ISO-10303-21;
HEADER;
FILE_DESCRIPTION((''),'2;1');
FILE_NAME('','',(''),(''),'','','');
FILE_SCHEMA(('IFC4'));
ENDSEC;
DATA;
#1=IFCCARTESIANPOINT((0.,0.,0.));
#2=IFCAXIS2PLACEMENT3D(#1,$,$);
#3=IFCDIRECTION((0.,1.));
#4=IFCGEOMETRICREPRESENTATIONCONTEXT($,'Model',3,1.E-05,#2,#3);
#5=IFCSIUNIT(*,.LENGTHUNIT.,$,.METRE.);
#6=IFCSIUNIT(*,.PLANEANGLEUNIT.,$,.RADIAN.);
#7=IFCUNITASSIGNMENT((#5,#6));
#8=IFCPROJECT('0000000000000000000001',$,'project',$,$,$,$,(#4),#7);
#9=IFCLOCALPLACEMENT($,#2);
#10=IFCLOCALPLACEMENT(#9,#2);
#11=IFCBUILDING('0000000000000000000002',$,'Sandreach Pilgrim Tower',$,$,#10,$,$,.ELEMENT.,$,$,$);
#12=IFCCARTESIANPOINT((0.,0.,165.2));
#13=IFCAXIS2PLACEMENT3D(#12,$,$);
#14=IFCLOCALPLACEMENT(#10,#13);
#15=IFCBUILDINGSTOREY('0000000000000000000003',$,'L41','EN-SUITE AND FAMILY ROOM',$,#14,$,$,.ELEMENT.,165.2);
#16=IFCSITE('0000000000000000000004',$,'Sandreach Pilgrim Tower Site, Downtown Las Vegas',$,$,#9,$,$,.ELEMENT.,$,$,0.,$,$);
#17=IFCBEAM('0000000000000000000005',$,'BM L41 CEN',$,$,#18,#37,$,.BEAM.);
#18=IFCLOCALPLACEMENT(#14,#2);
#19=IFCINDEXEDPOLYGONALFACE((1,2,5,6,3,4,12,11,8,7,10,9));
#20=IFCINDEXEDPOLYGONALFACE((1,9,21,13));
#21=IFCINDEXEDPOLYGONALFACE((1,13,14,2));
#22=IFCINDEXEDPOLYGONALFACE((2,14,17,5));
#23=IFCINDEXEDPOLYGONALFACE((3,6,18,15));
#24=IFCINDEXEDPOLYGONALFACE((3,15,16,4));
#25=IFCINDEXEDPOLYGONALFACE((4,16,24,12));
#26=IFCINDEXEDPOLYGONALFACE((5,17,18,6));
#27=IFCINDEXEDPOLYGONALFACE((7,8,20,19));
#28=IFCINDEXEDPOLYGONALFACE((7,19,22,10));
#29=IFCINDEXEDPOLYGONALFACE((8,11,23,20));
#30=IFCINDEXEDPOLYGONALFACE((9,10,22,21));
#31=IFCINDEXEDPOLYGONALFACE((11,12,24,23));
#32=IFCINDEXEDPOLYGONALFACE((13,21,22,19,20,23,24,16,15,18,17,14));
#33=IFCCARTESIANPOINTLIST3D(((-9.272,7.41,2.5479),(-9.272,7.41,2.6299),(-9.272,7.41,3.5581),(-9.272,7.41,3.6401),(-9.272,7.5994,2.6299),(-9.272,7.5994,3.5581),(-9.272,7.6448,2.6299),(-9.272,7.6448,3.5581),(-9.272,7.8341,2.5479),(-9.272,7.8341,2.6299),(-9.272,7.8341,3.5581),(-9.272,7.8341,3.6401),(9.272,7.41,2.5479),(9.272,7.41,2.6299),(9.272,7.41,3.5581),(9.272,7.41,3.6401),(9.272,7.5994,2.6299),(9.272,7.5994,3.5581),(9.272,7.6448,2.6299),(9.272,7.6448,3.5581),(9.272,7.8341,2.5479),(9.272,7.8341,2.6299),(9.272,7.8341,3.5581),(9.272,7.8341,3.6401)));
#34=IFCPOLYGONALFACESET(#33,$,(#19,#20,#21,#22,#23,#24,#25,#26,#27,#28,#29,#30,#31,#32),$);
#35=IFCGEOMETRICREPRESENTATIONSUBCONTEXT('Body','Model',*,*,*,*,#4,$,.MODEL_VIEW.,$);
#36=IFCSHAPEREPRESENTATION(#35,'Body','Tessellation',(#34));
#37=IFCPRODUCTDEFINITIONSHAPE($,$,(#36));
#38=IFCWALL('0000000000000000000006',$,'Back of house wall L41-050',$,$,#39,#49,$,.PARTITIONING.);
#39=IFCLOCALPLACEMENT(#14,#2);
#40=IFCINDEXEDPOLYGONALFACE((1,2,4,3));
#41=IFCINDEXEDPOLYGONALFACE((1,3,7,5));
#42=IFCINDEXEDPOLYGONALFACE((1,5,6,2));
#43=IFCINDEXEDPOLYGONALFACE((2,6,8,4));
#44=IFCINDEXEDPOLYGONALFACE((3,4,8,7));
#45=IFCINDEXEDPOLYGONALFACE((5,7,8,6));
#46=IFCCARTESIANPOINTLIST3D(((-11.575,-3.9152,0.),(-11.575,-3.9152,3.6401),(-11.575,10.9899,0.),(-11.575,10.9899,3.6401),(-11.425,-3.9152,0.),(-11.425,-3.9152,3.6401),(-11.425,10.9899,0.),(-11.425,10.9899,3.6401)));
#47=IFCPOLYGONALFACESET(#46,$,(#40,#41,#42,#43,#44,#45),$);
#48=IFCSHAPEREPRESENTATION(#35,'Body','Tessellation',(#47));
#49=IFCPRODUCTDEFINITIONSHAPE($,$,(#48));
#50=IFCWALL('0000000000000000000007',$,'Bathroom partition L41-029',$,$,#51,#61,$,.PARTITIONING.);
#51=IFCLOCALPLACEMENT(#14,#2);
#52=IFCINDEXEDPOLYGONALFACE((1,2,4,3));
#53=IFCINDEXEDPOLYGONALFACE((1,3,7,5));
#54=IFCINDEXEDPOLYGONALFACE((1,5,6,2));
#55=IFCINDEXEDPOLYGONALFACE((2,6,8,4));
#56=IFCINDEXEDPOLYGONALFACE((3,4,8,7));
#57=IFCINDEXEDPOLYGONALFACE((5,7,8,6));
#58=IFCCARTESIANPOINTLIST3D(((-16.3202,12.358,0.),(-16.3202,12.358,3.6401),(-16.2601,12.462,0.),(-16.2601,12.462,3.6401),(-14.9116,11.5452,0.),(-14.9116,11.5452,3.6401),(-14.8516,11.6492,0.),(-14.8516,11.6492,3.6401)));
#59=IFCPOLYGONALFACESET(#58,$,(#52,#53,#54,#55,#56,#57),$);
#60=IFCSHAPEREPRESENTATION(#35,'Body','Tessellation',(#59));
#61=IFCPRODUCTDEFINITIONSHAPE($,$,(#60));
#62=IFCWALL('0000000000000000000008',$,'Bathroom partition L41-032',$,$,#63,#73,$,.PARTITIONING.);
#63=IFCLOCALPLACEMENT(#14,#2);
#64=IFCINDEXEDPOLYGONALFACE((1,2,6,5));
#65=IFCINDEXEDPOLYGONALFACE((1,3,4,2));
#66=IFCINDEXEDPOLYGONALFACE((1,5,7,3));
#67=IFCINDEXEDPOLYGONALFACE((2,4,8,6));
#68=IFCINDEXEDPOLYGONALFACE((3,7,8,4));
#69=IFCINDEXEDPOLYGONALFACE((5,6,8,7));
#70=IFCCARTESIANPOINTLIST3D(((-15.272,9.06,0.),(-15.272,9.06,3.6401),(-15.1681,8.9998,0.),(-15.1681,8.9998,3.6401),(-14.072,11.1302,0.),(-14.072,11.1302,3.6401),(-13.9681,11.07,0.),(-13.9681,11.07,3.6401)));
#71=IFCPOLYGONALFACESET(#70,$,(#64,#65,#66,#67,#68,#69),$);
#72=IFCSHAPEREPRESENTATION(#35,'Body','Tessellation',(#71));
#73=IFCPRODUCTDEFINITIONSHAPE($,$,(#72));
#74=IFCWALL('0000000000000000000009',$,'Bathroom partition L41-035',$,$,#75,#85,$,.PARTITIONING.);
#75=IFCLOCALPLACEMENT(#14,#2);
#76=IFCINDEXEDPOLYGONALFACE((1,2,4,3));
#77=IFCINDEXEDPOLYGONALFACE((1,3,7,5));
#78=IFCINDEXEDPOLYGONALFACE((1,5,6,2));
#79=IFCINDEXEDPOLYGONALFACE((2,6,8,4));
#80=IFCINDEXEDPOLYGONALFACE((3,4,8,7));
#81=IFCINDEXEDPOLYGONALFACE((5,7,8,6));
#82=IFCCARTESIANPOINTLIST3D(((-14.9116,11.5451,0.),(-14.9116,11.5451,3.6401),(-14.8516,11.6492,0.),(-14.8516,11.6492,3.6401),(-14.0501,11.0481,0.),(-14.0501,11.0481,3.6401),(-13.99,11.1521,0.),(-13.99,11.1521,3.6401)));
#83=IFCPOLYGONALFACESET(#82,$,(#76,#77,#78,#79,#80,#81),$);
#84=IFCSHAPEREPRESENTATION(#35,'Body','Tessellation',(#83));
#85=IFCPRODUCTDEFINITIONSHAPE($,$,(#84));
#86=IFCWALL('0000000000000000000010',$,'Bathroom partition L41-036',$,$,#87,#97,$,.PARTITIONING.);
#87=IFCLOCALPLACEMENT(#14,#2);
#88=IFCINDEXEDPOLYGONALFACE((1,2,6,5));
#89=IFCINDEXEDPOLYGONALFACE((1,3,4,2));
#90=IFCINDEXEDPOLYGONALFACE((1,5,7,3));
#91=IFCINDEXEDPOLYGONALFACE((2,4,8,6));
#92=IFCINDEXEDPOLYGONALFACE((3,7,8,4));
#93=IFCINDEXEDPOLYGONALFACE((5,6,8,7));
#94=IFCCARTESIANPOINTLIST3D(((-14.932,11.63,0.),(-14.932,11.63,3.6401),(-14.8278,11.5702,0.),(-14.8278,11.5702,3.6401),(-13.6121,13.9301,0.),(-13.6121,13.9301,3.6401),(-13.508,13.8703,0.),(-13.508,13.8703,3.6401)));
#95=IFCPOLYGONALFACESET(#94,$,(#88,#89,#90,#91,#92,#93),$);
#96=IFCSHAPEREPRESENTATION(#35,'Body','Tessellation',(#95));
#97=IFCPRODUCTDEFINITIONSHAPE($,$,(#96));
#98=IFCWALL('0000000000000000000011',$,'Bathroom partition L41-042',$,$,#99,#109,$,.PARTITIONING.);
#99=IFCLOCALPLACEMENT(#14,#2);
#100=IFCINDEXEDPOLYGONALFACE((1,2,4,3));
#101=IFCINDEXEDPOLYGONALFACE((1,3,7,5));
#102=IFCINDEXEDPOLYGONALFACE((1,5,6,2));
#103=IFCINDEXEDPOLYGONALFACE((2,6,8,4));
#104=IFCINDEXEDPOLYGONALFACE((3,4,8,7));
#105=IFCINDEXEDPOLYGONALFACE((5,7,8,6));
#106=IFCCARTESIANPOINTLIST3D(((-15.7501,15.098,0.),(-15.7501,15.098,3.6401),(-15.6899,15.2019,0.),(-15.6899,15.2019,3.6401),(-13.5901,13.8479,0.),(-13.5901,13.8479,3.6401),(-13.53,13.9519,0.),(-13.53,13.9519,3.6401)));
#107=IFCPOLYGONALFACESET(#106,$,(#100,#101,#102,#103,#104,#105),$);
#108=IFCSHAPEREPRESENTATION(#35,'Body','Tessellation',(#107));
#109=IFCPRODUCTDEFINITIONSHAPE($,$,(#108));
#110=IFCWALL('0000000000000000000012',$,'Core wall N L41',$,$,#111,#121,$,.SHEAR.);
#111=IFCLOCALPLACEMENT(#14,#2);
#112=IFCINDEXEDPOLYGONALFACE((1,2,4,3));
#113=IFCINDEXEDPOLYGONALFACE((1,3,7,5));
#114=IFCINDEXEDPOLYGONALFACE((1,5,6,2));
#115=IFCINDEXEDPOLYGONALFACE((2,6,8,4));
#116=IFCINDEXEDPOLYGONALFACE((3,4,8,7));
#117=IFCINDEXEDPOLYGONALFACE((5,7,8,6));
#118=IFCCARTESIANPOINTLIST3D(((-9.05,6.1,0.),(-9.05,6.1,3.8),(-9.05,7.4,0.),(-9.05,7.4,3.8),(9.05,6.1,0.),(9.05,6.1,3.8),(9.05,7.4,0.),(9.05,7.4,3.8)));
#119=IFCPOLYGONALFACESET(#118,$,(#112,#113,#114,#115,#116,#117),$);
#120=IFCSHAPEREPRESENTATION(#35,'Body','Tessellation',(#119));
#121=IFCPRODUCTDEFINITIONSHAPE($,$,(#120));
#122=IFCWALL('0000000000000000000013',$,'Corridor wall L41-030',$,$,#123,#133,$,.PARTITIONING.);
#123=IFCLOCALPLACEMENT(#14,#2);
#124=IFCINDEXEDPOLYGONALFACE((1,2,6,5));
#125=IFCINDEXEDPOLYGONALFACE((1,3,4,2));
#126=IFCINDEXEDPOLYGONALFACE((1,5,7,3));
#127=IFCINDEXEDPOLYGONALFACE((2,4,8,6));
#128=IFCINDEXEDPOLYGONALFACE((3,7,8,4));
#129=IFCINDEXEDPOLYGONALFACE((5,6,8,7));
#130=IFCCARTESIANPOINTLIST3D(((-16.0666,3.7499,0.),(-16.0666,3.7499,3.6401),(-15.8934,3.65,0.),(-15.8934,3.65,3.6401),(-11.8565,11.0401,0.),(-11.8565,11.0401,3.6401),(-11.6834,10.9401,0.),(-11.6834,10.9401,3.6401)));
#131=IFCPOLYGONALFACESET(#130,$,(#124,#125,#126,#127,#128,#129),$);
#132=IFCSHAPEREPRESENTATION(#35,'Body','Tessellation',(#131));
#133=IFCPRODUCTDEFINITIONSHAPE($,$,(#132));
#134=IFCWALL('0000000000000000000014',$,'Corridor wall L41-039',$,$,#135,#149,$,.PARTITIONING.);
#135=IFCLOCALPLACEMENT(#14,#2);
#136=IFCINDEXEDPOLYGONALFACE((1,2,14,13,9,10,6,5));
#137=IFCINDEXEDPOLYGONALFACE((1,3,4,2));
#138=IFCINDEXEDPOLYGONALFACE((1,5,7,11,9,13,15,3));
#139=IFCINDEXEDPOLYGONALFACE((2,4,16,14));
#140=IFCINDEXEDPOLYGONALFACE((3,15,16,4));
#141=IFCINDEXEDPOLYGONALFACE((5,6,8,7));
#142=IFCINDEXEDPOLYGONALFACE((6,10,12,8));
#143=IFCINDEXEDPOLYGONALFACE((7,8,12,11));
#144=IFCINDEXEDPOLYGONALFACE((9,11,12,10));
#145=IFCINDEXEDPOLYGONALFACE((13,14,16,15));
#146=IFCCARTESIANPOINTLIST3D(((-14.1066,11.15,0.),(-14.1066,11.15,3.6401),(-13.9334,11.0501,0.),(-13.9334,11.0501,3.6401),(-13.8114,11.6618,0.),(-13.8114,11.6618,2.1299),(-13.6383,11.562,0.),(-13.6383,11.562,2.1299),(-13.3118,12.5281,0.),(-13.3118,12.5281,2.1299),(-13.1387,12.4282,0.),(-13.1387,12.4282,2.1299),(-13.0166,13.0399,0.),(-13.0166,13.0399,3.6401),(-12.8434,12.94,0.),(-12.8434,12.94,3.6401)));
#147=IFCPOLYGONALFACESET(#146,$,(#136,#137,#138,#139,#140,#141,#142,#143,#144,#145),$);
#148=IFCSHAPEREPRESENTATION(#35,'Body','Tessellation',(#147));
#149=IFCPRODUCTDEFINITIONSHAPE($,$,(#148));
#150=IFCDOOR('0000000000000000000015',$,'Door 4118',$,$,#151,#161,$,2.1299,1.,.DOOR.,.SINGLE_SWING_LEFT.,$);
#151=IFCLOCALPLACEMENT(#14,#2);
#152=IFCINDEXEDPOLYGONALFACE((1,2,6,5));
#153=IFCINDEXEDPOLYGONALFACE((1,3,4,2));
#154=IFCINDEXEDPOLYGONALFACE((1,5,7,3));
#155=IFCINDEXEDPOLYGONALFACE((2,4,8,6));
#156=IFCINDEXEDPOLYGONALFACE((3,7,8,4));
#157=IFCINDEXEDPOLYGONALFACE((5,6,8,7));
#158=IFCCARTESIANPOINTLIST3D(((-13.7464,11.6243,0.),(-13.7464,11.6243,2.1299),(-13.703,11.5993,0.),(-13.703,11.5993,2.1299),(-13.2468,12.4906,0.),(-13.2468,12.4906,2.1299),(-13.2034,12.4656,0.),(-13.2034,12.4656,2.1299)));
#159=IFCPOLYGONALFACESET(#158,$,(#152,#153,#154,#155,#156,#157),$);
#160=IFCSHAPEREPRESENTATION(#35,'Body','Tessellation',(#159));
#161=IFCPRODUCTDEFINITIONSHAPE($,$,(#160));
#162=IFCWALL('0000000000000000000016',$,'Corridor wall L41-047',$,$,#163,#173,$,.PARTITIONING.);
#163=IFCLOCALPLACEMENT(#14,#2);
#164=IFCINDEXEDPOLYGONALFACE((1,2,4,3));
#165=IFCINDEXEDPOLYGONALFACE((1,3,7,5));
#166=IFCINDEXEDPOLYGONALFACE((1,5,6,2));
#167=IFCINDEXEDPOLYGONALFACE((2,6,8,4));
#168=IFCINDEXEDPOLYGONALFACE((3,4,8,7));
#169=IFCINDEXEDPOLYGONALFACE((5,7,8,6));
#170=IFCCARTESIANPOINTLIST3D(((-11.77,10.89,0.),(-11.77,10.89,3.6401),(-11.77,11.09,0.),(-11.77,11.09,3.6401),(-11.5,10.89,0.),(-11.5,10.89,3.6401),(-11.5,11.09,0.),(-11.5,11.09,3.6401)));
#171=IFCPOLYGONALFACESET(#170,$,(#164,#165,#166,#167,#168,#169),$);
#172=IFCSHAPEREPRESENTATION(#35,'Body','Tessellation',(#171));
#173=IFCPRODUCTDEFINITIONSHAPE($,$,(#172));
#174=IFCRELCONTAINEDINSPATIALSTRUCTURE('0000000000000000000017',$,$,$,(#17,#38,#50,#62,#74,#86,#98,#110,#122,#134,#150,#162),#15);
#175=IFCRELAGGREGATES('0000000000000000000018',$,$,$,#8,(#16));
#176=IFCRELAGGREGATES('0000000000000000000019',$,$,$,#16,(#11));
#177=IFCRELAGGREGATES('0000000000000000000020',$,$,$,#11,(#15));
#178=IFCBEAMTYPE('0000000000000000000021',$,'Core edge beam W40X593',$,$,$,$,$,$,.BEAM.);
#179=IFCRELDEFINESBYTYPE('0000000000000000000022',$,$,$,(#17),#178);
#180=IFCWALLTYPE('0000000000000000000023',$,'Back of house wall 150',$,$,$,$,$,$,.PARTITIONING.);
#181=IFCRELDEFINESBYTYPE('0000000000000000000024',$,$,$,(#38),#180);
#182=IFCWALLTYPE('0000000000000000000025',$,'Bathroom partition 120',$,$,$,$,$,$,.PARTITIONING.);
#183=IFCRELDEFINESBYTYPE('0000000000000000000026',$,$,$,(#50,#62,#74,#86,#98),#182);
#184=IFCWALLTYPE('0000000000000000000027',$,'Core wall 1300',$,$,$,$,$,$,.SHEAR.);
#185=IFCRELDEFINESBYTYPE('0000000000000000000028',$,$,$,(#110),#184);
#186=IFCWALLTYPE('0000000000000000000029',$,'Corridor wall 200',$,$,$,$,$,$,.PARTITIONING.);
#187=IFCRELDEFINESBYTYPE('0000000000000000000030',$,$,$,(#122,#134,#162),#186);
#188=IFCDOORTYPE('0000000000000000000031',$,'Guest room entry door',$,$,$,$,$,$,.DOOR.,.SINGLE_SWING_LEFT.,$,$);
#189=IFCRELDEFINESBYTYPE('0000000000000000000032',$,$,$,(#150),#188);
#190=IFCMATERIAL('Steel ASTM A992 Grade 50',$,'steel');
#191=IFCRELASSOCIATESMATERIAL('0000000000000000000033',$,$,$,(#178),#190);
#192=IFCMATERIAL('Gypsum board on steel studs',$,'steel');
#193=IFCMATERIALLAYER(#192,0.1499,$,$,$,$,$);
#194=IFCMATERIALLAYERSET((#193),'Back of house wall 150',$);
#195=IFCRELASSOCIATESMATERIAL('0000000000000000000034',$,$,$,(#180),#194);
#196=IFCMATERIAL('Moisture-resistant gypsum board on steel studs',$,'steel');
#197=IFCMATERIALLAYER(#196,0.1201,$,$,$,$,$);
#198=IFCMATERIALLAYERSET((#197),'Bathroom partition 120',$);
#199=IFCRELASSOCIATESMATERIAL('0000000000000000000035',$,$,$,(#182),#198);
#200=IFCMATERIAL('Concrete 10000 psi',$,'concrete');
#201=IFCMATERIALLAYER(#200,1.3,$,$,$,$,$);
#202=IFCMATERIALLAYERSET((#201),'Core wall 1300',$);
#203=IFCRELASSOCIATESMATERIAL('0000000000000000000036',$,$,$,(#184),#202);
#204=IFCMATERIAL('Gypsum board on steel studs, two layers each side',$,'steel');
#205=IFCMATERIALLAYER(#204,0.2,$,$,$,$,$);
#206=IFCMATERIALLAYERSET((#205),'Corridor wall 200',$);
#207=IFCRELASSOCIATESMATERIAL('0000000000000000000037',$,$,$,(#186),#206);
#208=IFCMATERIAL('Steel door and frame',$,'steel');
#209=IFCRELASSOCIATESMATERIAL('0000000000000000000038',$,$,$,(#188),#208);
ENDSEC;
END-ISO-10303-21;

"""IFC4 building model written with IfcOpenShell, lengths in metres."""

from ifc_helpers import new_model, si_unit, direction, frame, frame_2d, origin, origin_2d, place, context, subcontext, project, spatial, rectangle, i_section, extrude, material, layer, layer_set, material_profile, profile_set, type_object, element, fill, save


model = new_model("IFC4")

# Units and contexts
model_context = context("Model", 3, precision=1e-05, world=origin(), true_north=direction((0.0, 1.0)))
body_context = subcontext(model_context, "Body", "Model", "MODEL_VIEW")
ifc_project = project(units=[si_unit("LENGTHUNIT", "METRE"), si_unit("PLANEANGLEUNIT", "RADIAN")], contexts=[model_context])

# Site, building, storey
site_placement = place(None, origin())
site = spatial("IfcSite", under=ifc_project, at=site_placement, Name="Sandreach Pilgrim Tower Site, Downtown Las Vegas", CompositionType="ELEMENT", RefElevation=0.0)
building_placement = place(site_placement, origin())
building = spatial("IfcBuilding", under=site, at=building_placement, Name="Sandreach Pilgrim Tower", CompositionType="ELEMENT")
storey_placement = place(building_placement, frame((0.0, 0.0, 165.2)))
storey = spatial("IfcBuildingStorey", under=building, at=storey_placement, Name="L41", Description="EN-SUITE AND FAMILY ROOM", CompositionType="ELEMENT", Elevation=165.2)

# Beam
ifc_material_1 = material(Name="Steel ASTM A992 Grade 50", Category="steel")
ifc_material_profile = material_profile(ifc_material_1, i_section(OverallWidth=0.4241, OverallDepth=1.0923, WebThickness=0.0454, FlangeThickness=0.082, at=origin_2d()), Name="W40X593")
ifc_profile_set = profile_set([ifc_material_profile], Name="Steel ASTM A992 Grade 50")
beam_type = type_object("IfcBeamType", Name="Core edge beam W40X593", PredefinedType="BEAM", material=ifc_profile_set)
beam_placement = place(storey_placement, frame((-9.272, 7.6221, 3.094), z_axis=(1.0, 0.0, 0.0), x_axis=(0.0, 1.0, 0.0)))
element("IfcBeam", 1, at=beam_placement, inside=storey, type_object=beam_type, Name="BM L41 CEN", PredefinedType="BEAM", context=body_context, shape_type="SweptSolid", body=[
    extrude(i_section(OverallWidth=0.4241, OverallDepth=1.0923, WebThickness=0.0454, FlangeThickness=0.082, at=origin_2d()), origin(), (0.0, 0.0, 1.0), 18.5439),
])

# Walls
ifc_material_2 = material(Name="Gypsum board on steel studs", Category="steel")
ifc_layer_1 = layer(ifc_material_2, 0.1499)
ifc_layer_set_1 = layer_set([ifc_layer_1], Name="Back of house wall 150")
wall_type_1 = type_object("IfcWallType", Name="Back of house wall 150", PredefinedType="PARTITIONING", material=ifc_layer_set_1)
wall_1_placement = place(storey_placement, frame((-11.5, 10.99, 0.0), z_axis=(0.0, 0.0, 1.0), x_axis=(0.0, -1.0, 0.0)))
element("IfcWall", 2, at=wall_1_placement, inside=storey, type_object=wall_type_1, Name="Back of house wall L41-050", PredefinedType="PARTITIONING", context=body_context, shape_type="SweptSolid", body=[
    extrude(rectangle(XDim=14.905, YDim=0.1499, at=frame_2d((7.4526, 0.0))), origin(), (0.0, 0.0, 1.0), 3.6401),
])
ifc_material_3 = material(Name="Moisture-resistant gypsum board on steel studs", Category="steel")
ifc_layer_2 = layer(ifc_material_3, 0.1201)
ifc_layer_set_2 = layer_set([ifc_layer_2], Name="Bathroom partition 120")
wall_type_2 = type_object("IfcWallType", Name="Bathroom partition 120", PredefinedType="PARTITIONING", material=ifc_layer_set_2)
wall_2_placement = place(storey_placement, frame((-16.29, 12.4099, 0.0), z_axis=(0.0, 0.0, 1.0), x_axis=(0.866138, -0.499805, 0.0)))
element("IfcWall", 3, at=wall_2_placement, inside=storey, type_object=wall_type_2, Name="Bathroom partition L41-029", PredefinedType="PARTITIONING", context=body_context, shape_type="SweptSolid", body=[
    extrude(rectangle(XDim=1.6262, YDim=0.1201, at=frame_2d((0.813, 0.0))), origin(), (0.0, 0.0, 1.0), 3.6401),
])
wall_3_placement = place(storey_placement, frame((-15.22, 9.03, 0.0), z_axis=(0.0, 0.0, 1.0), x_axis=(0.501503, 0.865156, 0.0)))
element("IfcWall", 4, at=wall_3_placement, inside=storey, type_object=wall_type_2, Name="Bathroom partition L41-032", PredefinedType="PARTITIONING", context=body_context, shape_type="SweptSolid", body=[
    extrude(rectangle(XDim=2.3928, YDim=0.1201, at=frame_2d((1.1963, 0.0))), origin(), (0.0, 0.0, 1.0), 3.6401),
])
wall_4_placement = place(storey_placement, frame((-14.8816, 11.5972, 0.0), z_axis=(0.0, 0.0, 1.0), x_axis=(0.866181, -0.49973, 0.0)))
element("IfcWall", 5, at=wall_4_placement, inside=storey, type_object=wall_type_2, Name="Bathroom partition L41-035", PredefinedType="PARTITIONING", context=body_context, shape_type="SweptSolid", body=[
    extrude(rectangle(XDim=0.9946, YDim=0.1201, at=frame_2d((0.4973, 0.0))), origin(), (0.0, 0.0, 1.0), 3.6401),
])
wall_5_placement = place(storey_placement, frame((-14.8799, 11.6001, 0.0), z_axis=(0.0, 0.0, 1.0), x_axis=(0.497705, 0.867347, 0.0)))
element("IfcWall", 6, at=wall_5_placement, inside=storey, type_object=wall_type_2, Name="Bathroom partition L41-036", PredefinedType="PARTITIONING", context=body_context, shape_type="SweptSolid", body=[
    extrude(rectangle(XDim=2.6519, YDim=0.1201, at=frame_2d((1.3259, 0.0))), origin(), (0.0, 0.0, 1.0), 3.6401),
])
wall_6_placement = place(storey_placement, frame((-13.5601, 13.8999, 0.0), z_axis=(0.0, 0.0, 1.0), x_axis=(-0.865509, 0.500894, 0.0)))
element("IfcWall", 7, at=wall_6_placement, inside=storey, type_object=wall_type_2, Name="Bathroom partition L41-042", PredefinedType="PARTITIONING", context=body_context, shape_type="SweptSolid", body=[
    extrude(rectangle(XDim=2.4956, YDim=0.1201, at=frame_2d((1.2478, 0.0))), origin(), (0.0, 0.0, 1.0), 3.6401),
])
ifc_material_4 = material(Name="Concrete 10000 psi", Category="concrete")
ifc_layer_3 = layer(ifc_material_4, 1.3)
ifc_layer_set_3 = layer_set([ifc_layer_3], Name="Core wall 1300")
wall_type_3 = type_object("IfcWallType", Name="Core wall 1300", PredefinedType="SHEAR", material=ifc_layer_set_3)
wall_7_placement = place(storey_placement, frame((-9.05, 6.75, 0.0), z_axis=(0.0, 0.0, 1.0), x_axis=(1.0, 0.0, 0.0)))
element("IfcWall", 8, at=wall_7_placement, inside=storey, type_object=wall_type_3, Name="Core wall N L41", PredefinedType="SHEAR", context=body_context, shape_type="SweptSolid", body=[
    extrude(rectangle(XDim=18.1001, YDim=1.3, at=frame_2d((9.05, 0.0))), origin(), (0.0, 0.0, 1.0), 3.8),
])
ifc_material_5 = material(Name="Gypsum board on steel studs, two layers each side", Category="steel")
ifc_layer_4 = layer(ifc_material_5, 0.2)
ifc_layer_set_4 = layer_set([ifc_layer_4], Name="Corridor wall 200")
wall_type_4 = type_object("IfcWallType", Name="Corridor wall 200", PredefinedType="PARTITIONING", material=ifc_layer_set_4)
wall_8_placement = place(storey_placement, frame((-15.98, 3.7, 0.0), z_axis=(0.0, 0.0, 1.0), x_axis=(0.500094, 0.865971, 0.0)))
element("IfcWall", 9, at=wall_8_placement, inside=storey, type_object=wall_type_4, Name="Corridor wall L41-030", PredefinedType="PARTITIONING", context=body_context, shape_type="SweptSolid", body=[
    extrude(rectangle(XDim=8.4185, YDim=0.2, at=frame_2d((4.2092, 0.0))), origin(), (0.0, 0.0, 1.0), 3.6401),
])

# Wall, opening, door
wall_9_placement = place(storey_placement, frame((-14.02, 11.1001, 0.0), z_axis=(0.0, 0.0, 1.0), x_axis=(0.499642, 0.866232, 0.0)))
wall_9 = element("IfcWall", 10, at=wall_9_placement, inside=storey, type_object=wall_type_4, Name="Corridor wall L41-039", PredefinedType="PARTITIONING", context=body_context, shape_type="SweptSolid", body=[
    extrude(rectangle(XDim=2.1816, YDim=0.2, at=frame_2d((1.0908, 0.0))), origin(), (0.0, 0.0, 1.0), 3.6401),
])
opening_1_placement = place(wall_9_placement, frame((0.5908, 0.0, 0.0)))
opening_1 = element("IfcOpeningElement", 11, at=opening_1_placement, cuts=wall_9, PredefinedType="OPENING", context=body_context, shape_type="SweptSolid", body=[
    extrude(rectangle(XDim=1.0, YDim=2.1299, at=frame_2d((0.5, 1.0649))), frame((0.0, 0.1001, 0.0), z_axis=(0.0, -1.0, 0.0), x_axis=(1.0, 0.0, 0.0)), (0.0, 0.0, 1.0), 0.2),
])
ifc_material_6 = material(Name="Steel door and frame", Category="steel")
door_type_1 = type_object("IfcDoorType", Name="Guest room entry door", OperationType="SINGLE_SWING_LEFT", PredefinedType="DOOR", material=ifc_material_6)
door_1_placement = place(opening_1_placement, origin())
door_1 = element("IfcDoor", 12, at=door_1_placement, inside=storey, type_object=door_type_1, Name="Door 4118", OperationType="SINGLE_SWING_LEFT", OverallHeight=2.1299, OverallWidth=1.0, PredefinedType="DOOR", context=body_context, shape_type="SweptSolid", body=[
    extrude(rectangle(XDim=1.0, YDim=2.1299, at=frame_2d((0.5, 1.0649))), frame((0.0, 0.0249, 0.0), z_axis=(0.0, -1.0, 0.0), x_axis=(1.0, 0.0, 0.0)), (0.0, 0.0, 1.0), 0.05),
])
fill(opening_1, door_1)

# Wall
wall_10_placement = place(storey_placement, frame((-11.77, 10.99, 0.0), z_axis=(0.0, 0.0, 1.0), x_axis=(1.0, 0.0, 0.0)))
element("IfcWall", 13, at=wall_10_placement, inside=storey, type_object=wall_type_4, Name="Corridor wall L41-047", PredefinedType="PARTITIONING", context=body_context, shape_type="SweptSolid", body=[
    extrude(rectangle(XDim=0.27, YDim=0.2, at=frame_2d((0.135, 0.0))), origin(), (0.0, 0.0, 1.0), 3.6401),
])

save(model, "model.ifc")
